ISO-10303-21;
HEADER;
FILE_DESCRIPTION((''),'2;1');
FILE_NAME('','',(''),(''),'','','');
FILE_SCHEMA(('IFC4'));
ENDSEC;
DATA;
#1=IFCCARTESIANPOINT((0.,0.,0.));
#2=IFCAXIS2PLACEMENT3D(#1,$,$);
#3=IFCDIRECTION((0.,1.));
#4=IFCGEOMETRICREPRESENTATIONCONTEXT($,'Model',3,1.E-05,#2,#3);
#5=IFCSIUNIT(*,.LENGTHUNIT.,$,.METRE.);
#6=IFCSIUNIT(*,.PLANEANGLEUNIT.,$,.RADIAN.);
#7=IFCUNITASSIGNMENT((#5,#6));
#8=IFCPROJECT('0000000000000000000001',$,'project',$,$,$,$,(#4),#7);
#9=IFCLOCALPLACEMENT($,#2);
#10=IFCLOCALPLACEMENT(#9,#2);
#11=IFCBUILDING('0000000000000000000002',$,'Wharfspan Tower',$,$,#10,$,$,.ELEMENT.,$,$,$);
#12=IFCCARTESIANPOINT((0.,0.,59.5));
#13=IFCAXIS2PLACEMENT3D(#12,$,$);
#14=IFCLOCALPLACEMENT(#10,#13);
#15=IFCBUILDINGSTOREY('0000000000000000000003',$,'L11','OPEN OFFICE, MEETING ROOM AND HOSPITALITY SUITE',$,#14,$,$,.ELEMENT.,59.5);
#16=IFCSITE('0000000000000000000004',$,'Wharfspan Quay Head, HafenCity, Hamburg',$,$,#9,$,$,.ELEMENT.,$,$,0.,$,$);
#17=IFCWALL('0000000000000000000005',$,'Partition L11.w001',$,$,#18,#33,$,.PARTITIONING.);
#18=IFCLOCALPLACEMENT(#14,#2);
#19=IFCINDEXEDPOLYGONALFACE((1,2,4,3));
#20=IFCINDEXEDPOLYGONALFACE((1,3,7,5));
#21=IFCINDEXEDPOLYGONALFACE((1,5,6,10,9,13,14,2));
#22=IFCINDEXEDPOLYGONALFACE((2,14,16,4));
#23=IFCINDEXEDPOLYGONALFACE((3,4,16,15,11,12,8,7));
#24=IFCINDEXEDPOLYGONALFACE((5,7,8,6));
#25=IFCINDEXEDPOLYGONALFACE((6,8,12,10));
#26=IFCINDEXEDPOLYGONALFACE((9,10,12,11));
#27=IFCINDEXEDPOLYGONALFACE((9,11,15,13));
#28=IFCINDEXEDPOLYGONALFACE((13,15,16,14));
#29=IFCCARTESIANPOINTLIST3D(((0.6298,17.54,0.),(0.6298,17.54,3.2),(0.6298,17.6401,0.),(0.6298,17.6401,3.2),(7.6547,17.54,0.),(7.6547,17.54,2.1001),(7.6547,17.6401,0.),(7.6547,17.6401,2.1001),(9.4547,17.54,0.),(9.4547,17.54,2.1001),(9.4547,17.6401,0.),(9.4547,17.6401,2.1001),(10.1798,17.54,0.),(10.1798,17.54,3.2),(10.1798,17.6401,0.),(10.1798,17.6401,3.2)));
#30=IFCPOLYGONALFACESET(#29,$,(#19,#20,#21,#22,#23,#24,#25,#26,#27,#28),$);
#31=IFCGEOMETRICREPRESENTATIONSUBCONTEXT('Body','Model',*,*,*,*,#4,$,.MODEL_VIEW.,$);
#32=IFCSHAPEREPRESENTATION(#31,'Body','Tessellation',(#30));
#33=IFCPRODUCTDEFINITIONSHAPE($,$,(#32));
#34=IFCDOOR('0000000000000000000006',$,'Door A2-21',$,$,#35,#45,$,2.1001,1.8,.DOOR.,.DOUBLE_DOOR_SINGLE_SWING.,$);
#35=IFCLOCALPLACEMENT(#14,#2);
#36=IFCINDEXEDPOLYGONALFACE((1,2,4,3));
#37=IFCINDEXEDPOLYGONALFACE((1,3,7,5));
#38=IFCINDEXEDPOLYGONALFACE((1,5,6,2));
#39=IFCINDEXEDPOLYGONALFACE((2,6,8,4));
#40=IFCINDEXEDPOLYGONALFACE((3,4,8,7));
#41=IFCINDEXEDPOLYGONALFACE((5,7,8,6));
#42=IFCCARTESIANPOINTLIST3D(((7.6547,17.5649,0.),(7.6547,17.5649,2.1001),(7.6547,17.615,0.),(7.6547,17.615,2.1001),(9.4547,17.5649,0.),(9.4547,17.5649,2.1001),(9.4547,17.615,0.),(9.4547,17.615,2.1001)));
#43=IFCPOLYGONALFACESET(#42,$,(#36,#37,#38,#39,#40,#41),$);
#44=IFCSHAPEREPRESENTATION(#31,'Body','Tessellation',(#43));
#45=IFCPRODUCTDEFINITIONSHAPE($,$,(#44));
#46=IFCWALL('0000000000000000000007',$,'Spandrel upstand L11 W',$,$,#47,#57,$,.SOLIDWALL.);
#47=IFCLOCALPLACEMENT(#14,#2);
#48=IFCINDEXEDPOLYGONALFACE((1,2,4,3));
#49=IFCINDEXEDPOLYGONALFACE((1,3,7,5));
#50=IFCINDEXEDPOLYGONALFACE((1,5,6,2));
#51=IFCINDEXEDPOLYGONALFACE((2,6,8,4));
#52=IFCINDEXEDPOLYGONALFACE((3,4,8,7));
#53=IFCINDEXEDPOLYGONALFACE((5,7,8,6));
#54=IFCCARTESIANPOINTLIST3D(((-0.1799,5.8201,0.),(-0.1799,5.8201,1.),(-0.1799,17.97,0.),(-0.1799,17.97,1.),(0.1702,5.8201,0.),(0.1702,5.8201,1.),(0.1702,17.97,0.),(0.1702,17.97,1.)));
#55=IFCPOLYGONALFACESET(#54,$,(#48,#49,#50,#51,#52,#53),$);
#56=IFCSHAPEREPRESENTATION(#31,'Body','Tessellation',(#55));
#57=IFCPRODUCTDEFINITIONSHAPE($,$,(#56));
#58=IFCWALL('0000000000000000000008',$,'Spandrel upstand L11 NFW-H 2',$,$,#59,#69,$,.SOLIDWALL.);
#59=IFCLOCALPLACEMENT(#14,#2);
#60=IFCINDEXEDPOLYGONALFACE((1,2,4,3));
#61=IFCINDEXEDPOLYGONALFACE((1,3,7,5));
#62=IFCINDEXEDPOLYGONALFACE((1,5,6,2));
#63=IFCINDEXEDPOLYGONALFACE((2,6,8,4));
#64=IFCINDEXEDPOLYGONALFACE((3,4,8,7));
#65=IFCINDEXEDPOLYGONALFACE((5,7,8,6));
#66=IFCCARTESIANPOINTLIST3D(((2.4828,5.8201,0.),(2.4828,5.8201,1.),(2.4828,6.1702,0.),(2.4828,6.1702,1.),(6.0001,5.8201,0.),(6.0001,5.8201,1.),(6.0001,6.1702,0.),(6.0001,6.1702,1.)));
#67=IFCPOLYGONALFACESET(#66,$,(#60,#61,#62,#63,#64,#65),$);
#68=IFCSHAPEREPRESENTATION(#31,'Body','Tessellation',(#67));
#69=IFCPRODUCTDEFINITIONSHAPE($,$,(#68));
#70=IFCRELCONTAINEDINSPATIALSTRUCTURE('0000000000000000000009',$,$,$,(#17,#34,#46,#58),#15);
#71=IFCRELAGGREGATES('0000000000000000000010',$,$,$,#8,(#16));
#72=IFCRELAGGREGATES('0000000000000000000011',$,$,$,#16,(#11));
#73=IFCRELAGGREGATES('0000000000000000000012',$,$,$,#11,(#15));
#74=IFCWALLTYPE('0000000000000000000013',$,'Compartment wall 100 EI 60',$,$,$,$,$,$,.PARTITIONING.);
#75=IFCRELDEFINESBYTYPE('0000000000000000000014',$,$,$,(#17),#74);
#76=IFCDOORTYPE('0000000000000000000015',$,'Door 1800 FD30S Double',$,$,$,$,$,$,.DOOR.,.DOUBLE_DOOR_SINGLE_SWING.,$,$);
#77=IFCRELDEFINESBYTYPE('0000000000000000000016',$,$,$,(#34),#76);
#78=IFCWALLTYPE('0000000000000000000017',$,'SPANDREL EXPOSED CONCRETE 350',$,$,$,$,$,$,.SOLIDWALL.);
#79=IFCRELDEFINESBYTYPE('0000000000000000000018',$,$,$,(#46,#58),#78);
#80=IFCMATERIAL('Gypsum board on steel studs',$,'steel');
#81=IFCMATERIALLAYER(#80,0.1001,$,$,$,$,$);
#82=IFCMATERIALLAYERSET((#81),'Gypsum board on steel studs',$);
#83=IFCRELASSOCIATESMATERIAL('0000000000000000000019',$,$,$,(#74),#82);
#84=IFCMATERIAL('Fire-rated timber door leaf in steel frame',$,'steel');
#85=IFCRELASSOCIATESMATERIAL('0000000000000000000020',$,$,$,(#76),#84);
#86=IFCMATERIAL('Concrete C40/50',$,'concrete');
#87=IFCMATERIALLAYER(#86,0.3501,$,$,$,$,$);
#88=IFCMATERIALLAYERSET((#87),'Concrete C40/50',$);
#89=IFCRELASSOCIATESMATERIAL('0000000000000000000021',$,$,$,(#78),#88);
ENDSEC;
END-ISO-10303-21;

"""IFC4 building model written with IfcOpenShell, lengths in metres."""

from ifc_helpers import new_model, si_unit, direction, frame, frame_2d, origin, place, context, subcontext, project, spatial, rectangle, extrude, material, layer, layer_set, type_object, element, fill, save


model = new_model("IFC4")

# Units and contexts
model_context = context("Model", 3, precision=1e-05, world=origin(), true_north=direction((0.0, 1.0)))
body_context = subcontext(model_context, "Body", "Model", "MODEL_VIEW")
ifc_project = project(units=[si_unit("LENGTHUNIT", "METRE"), si_unit("PLANEANGLEUNIT", "RADIAN")], contexts=[model_context])

# Site, building, storey
site_placement = place(None, origin())
site = spatial("IfcSite", under=ifc_project, at=site_placement, Name="Wharfspan Quay Head, HafenCity, Hamburg", CompositionType="ELEMENT", RefElevation=0.0)
building_placement = place(site_placement, origin())
building = spatial("IfcBuilding", under=site, at=building_placement, Name="Wharfspan Tower", CompositionType="ELEMENT")
storey_placement = place(building_placement, frame((0.0, 0.0, 59.5)))
storey = spatial("IfcBuildingStorey", under=building, at=storey_placement, Name="L11", Description="OPEN OFFICE, MEETING ROOM AND HOSPITALITY SUITE", CompositionType="ELEMENT", Elevation=59.5)

# Wall, opening, door
ifc_material_1 = material(Name="Gypsum board on steel studs", Category="steel")
ifc_layer_1 = layer(ifc_material_1, 0.1001)
ifc_layer_set_1 = layer_set([ifc_layer_1], Name="Gypsum board on steel studs")
wall_type_1 = type_object("IfcWallType", Name="Compartment wall 100 EI 60", PredefinedType="PARTITIONING", material=ifc_layer_set_1)
wall_1_placement = place(storey_placement, frame((0.6299, 17.5901, 0.0), z_axis=(0.0, 0.0, 1.0), x_axis=(1.0, 0.0, 0.0)))
wall_1 = element("IfcWall", 1, at=wall_1_placement, inside=storey, type_object=wall_type_1, Name="Partition L11.w001", PredefinedType="PARTITIONING", context=body_context, shape_type="SweptSolid", body=[
    extrude(rectangle(XDim=9.55, YDim=0.1001, at=frame_2d((4.7749, 0.0))), origin(), (0.0, 0.0, 1.0), 3.2),
])
opening_placement = place(wall_1_placement, frame((7.0249, 0.0, 0.0)))
opening = element("IfcOpeningElement", 2, at=opening_placement, cuts=wall_1, PredefinedType="OPENING", context=body_context, shape_type="SweptSolid", body=[
    extrude(rectangle(XDim=1.8, YDim=2.1001, at=frame_2d((0.8999, 1.05))), frame((0.0, 0.0601, 0.0), z_axis=(0.0, -1.0, 0.0), x_axis=(1.0, 0.0, 0.0)), (0.0, 0.0, 1.0), 0.1201),
])
ifc_material_2 = material(Name="Fire-rated timber door leaf in steel frame", Category="steel")
door_type = type_object("IfcDoorType", Name="Door 1800 FD30S Double", OperationType="DOUBLE_DOOR_SINGLE_SWING", PredefinedType="DOOR", material=ifc_material_2)
door_placement = place(opening_placement, origin())
door = element("IfcDoor", 3, at=door_placement, inside=storey, type_object=door_type, Name="Door A2-21", OperationType="DOUBLE_DOOR_SINGLE_SWING", OverallHeight=2.1001, OverallWidth=1.8, PredefinedType="DOOR", context=body_context, shape_type="SweptSolid", body=[
    extrude(rectangle(XDim=1.8, YDim=2.1001, at=frame_2d((0.8999, 1.05))), frame((0.0, 0.0249, 0.0), z_axis=(0.0, -1.0, 0.0), x_axis=(1.0, 0.0, 0.0)), (0.0, 0.0, 1.0), 0.05),
])
fill(opening, door)

# Walls
ifc_material_3 = material(Name="Concrete C40/50", Category="concrete")
ifc_layer_2 = layer(ifc_material_3, 0.3501)
ifc_layer_set_2 = layer_set([ifc_layer_2], Name="Concrete C40/50")
wall_type_2 = type_object("IfcWallType", Name="SPANDREL EXPOSED CONCRETE 350", PredefinedType="SOLIDWALL", material=ifc_layer_set_2)
wall_2_placement = place(storey_placement, frame((-0.0049, 17.97, 0.0), z_axis=(0.0, 0.0, 1.0), x_axis=(0.0, -1.0, 0.0)))
element("IfcWall", 4, at=wall_2_placement, inside=storey, type_object=wall_type_2, Name="Spandrel upstand L11 W", PredefinedType="SOLIDWALL", context=body_context, shape_type="SweptSolid", body=[
    extrude(rectangle(XDim=12.1499, YDim=0.3501, at=frame_2d((6.075, 0.0))), origin(), (0.0, 0.0, 1.0), 1.0),
])
wall_3_placement = place(storey_placement, frame((2.4827, 5.9951, 0.0), z_axis=(0.0, 0.0, 1.0), x_axis=(1.0, 0.0, 0.0)))
element("IfcWall", 5, at=wall_3_placement, inside=storey, type_object=wall_type_2, Name="Spandrel upstand L11 NFW-H 2", PredefinedType="SOLIDWALL", context=body_context, shape_type="SweptSolid", body=[
    extrude(rectangle(XDim=3.5173, YDim=0.3501, at=frame_2d((1.7588, 0.0))), origin(), (0.0, 0.0, 1.0), 1.0),
])

save(model, "model.ifc")
